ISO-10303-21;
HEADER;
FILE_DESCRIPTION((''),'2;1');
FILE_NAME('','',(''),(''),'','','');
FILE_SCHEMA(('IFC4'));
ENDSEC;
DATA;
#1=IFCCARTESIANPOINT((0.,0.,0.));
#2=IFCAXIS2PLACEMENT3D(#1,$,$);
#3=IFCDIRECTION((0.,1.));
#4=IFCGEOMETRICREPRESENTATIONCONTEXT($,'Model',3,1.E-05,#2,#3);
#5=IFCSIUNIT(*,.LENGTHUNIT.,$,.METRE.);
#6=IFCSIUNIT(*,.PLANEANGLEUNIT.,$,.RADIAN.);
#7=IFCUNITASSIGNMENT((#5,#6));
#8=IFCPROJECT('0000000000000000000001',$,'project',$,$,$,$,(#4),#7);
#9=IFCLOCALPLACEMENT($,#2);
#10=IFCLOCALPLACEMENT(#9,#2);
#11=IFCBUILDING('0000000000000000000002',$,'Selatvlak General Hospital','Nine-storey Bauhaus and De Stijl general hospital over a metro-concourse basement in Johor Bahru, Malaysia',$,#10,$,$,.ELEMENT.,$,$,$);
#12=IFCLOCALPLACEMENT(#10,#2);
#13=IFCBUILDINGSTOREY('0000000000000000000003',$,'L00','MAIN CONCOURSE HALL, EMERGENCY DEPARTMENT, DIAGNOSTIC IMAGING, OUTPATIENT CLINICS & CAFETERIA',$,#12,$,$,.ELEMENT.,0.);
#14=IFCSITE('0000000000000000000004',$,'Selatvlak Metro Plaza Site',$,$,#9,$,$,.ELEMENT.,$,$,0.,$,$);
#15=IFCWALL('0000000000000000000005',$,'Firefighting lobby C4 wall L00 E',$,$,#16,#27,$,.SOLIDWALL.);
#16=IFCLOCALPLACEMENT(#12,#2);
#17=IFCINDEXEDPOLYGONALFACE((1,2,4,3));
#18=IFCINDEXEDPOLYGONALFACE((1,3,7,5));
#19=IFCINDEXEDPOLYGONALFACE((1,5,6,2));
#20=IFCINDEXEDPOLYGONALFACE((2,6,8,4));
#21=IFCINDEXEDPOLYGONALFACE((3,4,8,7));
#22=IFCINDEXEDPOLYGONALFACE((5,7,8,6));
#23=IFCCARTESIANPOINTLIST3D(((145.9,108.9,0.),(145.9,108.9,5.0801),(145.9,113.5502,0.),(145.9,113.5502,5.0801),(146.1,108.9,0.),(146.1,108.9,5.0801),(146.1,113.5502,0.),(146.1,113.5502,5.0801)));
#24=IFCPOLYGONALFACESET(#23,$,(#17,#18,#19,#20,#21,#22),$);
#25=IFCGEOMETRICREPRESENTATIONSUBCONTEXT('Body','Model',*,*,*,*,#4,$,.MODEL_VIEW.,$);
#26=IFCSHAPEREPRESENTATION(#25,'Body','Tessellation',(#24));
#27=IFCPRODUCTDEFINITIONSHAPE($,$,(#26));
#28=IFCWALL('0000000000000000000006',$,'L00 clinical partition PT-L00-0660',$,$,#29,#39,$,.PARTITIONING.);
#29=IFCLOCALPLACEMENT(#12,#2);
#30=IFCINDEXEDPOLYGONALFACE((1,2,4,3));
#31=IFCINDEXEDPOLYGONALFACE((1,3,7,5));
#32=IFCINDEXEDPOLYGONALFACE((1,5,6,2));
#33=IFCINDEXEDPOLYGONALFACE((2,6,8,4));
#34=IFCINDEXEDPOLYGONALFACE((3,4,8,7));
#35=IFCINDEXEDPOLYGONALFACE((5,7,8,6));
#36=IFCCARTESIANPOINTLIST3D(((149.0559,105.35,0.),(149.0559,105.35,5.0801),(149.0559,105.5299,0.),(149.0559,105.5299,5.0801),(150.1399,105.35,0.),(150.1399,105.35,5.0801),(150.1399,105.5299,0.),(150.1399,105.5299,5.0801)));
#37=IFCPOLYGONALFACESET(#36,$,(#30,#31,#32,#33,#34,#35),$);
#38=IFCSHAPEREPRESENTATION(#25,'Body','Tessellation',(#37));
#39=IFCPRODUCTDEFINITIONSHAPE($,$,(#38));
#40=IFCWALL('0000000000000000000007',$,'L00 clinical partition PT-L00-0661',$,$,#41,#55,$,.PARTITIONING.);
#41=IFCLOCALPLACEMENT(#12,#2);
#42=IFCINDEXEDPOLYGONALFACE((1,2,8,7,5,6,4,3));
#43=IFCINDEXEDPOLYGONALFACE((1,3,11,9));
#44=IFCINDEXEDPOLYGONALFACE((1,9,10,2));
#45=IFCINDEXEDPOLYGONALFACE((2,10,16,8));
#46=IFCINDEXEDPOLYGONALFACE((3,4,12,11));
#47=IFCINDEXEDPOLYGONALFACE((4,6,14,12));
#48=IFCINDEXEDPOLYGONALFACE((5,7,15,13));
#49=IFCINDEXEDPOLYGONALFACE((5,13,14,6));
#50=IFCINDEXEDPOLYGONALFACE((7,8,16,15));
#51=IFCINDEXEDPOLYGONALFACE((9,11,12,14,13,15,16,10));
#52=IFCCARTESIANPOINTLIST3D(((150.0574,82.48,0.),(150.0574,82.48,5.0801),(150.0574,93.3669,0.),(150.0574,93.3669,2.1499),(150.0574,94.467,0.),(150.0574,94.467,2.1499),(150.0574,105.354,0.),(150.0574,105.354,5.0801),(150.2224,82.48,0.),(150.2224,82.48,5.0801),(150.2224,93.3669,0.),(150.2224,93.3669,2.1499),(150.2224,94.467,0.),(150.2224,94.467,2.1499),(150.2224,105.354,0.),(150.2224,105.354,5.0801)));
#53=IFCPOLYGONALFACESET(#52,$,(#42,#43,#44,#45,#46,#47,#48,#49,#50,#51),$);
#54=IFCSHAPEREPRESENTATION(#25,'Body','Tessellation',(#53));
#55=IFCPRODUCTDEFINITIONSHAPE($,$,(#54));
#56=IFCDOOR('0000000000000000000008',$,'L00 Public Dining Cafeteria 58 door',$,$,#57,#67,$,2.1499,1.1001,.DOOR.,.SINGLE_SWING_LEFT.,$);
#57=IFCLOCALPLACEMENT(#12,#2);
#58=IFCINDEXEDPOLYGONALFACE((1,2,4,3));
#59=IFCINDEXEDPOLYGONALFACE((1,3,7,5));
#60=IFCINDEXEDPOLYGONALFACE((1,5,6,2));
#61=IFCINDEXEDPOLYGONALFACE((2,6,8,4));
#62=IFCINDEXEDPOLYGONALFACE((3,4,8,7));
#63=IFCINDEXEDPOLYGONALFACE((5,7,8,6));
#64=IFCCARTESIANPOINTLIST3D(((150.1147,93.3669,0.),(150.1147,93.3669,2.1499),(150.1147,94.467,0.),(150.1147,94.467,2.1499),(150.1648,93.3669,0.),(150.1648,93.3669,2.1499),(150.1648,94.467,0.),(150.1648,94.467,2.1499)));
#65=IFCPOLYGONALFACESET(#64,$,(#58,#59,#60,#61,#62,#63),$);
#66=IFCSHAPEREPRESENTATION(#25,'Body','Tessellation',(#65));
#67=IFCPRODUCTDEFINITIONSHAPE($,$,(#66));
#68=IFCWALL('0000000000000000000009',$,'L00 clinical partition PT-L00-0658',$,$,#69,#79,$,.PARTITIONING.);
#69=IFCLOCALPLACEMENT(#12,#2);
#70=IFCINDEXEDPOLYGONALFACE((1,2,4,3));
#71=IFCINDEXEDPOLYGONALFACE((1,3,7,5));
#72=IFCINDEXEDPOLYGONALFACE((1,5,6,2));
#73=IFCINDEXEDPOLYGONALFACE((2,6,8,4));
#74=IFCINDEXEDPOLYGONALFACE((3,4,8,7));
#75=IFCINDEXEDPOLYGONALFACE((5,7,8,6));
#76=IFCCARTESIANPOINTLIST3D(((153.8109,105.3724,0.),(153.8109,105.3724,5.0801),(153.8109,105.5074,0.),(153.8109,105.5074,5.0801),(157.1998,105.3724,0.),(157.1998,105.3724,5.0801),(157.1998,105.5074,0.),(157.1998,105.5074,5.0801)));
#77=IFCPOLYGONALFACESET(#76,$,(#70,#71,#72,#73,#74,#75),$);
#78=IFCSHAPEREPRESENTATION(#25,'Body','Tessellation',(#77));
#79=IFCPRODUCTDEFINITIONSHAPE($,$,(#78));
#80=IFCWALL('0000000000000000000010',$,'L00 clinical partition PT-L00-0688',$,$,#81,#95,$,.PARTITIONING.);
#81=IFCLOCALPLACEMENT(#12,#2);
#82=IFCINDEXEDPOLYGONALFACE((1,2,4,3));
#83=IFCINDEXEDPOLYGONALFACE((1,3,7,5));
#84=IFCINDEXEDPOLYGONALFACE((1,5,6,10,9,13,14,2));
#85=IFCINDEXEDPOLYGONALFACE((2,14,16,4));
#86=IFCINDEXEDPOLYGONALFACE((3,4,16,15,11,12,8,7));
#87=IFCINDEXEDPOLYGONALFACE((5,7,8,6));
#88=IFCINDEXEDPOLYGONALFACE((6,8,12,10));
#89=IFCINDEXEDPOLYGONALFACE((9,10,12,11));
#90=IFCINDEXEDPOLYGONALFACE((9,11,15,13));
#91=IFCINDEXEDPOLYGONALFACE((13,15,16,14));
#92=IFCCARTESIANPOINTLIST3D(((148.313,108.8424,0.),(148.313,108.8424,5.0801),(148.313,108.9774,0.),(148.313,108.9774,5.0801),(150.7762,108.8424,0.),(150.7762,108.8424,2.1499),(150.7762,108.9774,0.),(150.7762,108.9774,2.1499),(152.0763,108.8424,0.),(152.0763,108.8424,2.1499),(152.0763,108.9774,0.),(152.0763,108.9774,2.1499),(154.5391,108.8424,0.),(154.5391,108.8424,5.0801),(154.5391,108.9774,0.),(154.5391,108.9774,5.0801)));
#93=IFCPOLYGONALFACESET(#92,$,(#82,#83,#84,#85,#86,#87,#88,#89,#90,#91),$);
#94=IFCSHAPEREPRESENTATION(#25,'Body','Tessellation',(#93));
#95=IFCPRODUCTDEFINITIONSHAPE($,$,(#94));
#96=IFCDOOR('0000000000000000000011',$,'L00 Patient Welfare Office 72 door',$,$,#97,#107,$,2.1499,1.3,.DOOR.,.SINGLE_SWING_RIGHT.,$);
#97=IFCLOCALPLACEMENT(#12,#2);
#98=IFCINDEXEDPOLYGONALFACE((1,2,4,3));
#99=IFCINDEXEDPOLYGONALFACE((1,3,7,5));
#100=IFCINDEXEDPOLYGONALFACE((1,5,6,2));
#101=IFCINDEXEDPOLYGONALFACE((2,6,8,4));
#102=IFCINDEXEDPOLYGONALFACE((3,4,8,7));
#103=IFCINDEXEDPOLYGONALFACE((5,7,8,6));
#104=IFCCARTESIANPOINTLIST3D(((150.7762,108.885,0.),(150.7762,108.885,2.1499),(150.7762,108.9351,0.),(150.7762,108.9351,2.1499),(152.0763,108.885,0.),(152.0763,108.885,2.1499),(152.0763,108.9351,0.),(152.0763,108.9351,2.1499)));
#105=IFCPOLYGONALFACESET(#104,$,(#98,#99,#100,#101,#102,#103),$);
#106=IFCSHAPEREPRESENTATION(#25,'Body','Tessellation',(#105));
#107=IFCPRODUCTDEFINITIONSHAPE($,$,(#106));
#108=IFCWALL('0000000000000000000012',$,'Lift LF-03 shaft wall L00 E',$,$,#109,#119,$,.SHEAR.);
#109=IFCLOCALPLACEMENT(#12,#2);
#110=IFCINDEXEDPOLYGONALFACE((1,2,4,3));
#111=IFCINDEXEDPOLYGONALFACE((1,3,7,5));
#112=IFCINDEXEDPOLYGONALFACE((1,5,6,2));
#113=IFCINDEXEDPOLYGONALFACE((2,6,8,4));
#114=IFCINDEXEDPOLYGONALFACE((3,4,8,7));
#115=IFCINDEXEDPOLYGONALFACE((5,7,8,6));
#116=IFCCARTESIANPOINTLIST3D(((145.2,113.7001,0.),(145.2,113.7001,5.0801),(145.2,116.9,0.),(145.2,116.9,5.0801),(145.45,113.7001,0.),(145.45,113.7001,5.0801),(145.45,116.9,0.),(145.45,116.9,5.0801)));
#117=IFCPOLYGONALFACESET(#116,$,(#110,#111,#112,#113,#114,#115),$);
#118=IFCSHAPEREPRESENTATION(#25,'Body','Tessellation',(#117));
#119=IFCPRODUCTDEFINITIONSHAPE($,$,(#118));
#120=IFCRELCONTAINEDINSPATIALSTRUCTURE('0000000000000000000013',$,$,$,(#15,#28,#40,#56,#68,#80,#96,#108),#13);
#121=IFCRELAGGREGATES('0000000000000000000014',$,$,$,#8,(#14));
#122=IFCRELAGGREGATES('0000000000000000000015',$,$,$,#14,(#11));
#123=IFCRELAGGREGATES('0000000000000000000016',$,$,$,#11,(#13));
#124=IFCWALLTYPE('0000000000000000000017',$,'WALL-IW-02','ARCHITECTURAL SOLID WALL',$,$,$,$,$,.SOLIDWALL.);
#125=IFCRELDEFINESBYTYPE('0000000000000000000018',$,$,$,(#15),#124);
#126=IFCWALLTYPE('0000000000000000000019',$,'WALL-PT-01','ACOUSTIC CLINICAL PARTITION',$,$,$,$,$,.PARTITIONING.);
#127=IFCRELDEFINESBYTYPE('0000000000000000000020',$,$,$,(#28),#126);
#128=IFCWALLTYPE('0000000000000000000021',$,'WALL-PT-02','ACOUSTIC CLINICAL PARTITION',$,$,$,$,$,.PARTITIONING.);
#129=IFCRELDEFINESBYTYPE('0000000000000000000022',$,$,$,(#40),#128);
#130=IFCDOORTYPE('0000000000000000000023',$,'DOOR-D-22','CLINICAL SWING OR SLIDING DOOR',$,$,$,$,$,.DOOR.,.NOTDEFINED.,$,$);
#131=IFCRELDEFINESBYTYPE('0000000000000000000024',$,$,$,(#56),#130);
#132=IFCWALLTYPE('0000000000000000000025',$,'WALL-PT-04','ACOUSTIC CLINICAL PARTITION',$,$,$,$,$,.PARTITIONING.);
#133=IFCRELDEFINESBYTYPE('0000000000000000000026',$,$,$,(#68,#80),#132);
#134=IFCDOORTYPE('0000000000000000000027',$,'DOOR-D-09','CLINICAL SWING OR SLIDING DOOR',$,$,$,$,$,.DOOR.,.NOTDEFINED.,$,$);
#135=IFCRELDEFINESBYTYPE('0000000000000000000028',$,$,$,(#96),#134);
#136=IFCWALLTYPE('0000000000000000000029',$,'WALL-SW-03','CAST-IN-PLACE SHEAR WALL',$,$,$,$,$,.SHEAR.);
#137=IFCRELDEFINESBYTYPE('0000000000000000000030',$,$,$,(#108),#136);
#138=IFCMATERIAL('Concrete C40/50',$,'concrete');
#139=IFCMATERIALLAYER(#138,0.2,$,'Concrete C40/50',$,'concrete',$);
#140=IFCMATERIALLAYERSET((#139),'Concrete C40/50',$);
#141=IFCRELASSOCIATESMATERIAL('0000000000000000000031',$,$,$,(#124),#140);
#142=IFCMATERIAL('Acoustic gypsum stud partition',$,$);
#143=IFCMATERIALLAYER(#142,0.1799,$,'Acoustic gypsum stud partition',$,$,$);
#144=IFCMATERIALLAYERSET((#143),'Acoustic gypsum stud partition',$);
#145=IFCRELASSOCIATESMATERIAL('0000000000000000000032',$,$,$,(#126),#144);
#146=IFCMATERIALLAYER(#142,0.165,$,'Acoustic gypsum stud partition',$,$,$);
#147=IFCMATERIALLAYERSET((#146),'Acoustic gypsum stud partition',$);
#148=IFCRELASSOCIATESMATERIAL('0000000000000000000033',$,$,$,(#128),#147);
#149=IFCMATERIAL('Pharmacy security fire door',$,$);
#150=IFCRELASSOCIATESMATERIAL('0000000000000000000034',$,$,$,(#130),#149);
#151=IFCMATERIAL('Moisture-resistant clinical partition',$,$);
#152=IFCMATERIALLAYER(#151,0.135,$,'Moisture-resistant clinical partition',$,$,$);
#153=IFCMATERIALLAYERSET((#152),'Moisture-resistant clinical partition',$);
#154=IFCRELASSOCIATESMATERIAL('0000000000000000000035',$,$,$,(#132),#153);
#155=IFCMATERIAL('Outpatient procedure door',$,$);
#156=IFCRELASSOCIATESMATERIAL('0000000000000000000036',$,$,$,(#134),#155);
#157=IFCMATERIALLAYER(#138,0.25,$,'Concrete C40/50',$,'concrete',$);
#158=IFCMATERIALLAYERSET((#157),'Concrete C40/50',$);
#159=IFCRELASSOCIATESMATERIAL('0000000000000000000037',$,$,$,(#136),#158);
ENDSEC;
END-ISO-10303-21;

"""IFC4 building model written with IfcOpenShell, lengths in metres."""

from ifc_helpers import new_model, si_unit, direction, frame, frame_2d, origin, place, context, subcontext, project, spatial, rectangle, extrude, material, layer, layer_set, type_object, element, fill, save


model = new_model("IFC4")

# Units and contexts
model_context = context("Model", 3, precision=1e-05, world=origin(), true_north=direction((0.0, 1.0)))
body_context = subcontext(model_context, "Body", "Model", "MODEL_VIEW")
ifc_project = project(units=[si_unit("LENGTHUNIT", "METRE"), si_unit("PLANEANGLEUNIT", "RADIAN")], contexts=[model_context])

# Site, building, storey
site_placement = place(None, origin())
site = spatial("IfcSite", under=ifc_project, at=site_placement, Name="Selatvlak Metro Plaza Site", CompositionType="ELEMENT", RefElevation=0.0)
building_placement = place(site_placement, origin())
building = spatial("IfcBuilding", under=site, at=building_placement, Name="Selatvlak General Hospital", Description="Nine-storey Bauhaus and De Stijl general hospital over a metro-concourse basement in Johor Bahru, Malaysia", CompositionType="ELEMENT")
storey_placement = place(building_placement, origin())
storey = spatial("IfcBuildingStorey", under=building, at=storey_placement, Name="L00", Description="MAIN CONCOURSE HALL, EMERGENCY DEPARTMENT, DIAGNOSTIC IMAGING, OUTPATIENT CLINICS & CAFETERIA", CompositionType="ELEMENT", Elevation=0.0)

# Shared definitions
ifc_material_1 = material(Name="Concrete C40/50", Category="concrete")

# Walls
ifc_layer_1 = layer(ifc_material_1, 0.2, Name="Concrete C40/50", Category="concrete")
ifc_layer_set_1 = layer_set([ifc_layer_1], Name="Concrete C40/50")
wall_type_1 = type_object("IfcWallType", Name="WALL-IW-02", Description="ARCHITECTURAL SOLID WALL", PredefinedType="SOLIDWALL", material=ifc_layer_set_1)
wall_1_placement = place(storey_placement, frame((146.0, 108.8999, 0.0), z_axis=(0.0, 0.0, 1.0), x_axis=(0.0, 1.0, 0.0)))
element("IfcWall", 1, at=wall_1_placement, inside=storey, type_object=wall_type_1, Name="Firefighting lobby C4 wall L00 E", PredefinedType="SOLIDWALL", context=body_context, shape_type="SweptSolid", body=[
    extrude(rectangle(XDim=4.6501, YDim=0.2, at=frame_2d((2.3252, 0.0))), origin(), (0.0, 0.0, 1.0), 5.0801),
])
ifc_material_2 = material(Name="Acoustic gypsum stud partition")
ifc_layer_2 = layer(ifc_material_2, 0.1799, Name="Acoustic gypsum stud partition")
ifc_layer_set_2 = layer_set([ifc_layer_2], Name="Acoustic gypsum stud partition")
wall_type_2 = type_object("IfcWallType", Name="WALL-PT-01", Description="ACOUSTIC CLINICAL PARTITION", PredefinedType="PARTITIONING", material=ifc_layer_set_2)
wall_2_placement = place(storey_placement, frame((149.0559, 105.4399, 0.0), z_axis=(0.0, 0.0, 1.0), x_axis=(1.0, 0.0, 0.0)))
element("IfcWall", 2, at=wall_2_placement, inside=storey, type_object=wall_type_2, Name="L00 clinical partition PT-L00-0660", PredefinedType="PARTITIONING", context=body_context, shape_type="SweptSolid", body=[
    extrude(rectangle(XDim=1.084, YDim=0.1799, at=frame_2d((0.542, 0.0))), origin(), (0.0, 0.0, 1.0), 5.0801),
])

# Wall, opening, door
ifc_layer_3 = layer(ifc_material_2, 0.165, Name="Acoustic gypsum stud partition")
ifc_layer_set_3 = layer_set([ifc_layer_3], Name="Acoustic gypsum stud partition")
wall_type_3 = type_object("IfcWallType", Name="WALL-PT-02", Description="ACOUSTIC CLINICAL PARTITION", PredefinedType="PARTITIONING", material=ifc_layer_set_3)
wall_3_placement = place(storey_placement, frame((150.1399, 105.354, 0.0), z_axis=(0.0, 0.0, 1.0), x_axis=(0.0, -1.0, 0.0)))
wall_3 = element("IfcWall", 3, at=wall_3_placement, inside=storey, type_object=wall_type_3, Name="L00 clinical partition PT-L00-0661", PredefinedType="PARTITIONING", context=body_context, shape_type="SweptSolid", body=[
    extrude(rectangle(XDim=22.874, YDim=0.165, at=frame_2d((11.437, 0.0))), origin(), (0.0, 0.0, 1.0), 5.0801),
])
opening_1_placement = place(wall_3_placement, frame((10.887, 0.0, 0.0)))
opening_1 = element("IfcOpeningElement", 4, at=opening_1_placement, cuts=wall_3, PredefinedType="OPENING", context=body_context, shape_type="SweptSolid", body=[
    extrude(rectangle(XDim=1.1001, YDim=2.1499, at=frame_2d((0.55, 1.075))), frame((0.0, 0.0925, 0.0), z_axis=(0.0, -1.0, 0.0), x_axis=(1.0, 0.0, 0.0)), (0.0, 0.0, 1.0), 0.1851),
])
ifc_material_3 = material(Name="Pharmacy security fire door")
door_type_1 = type_object("IfcDoorType", Name="DOOR-D-22", Description="CLINICAL SWING OR SLIDING DOOR", OperationType="NOTDEFINED", PredefinedType="DOOR", material=ifc_material_3)
door_1_placement = place(opening_1_placement, origin())
door_1 = element("IfcDoor", 5, at=door_1_placement, inside=storey, type_object=door_type_1, Name="L00 Public Dining Cafeteria 58 door", OperationType="SINGLE_SWING_LEFT", OverallHeight=2.1499, OverallWidth=1.1001, PredefinedType="DOOR", context=body_context, shape_type="SweptSolid", body=[
    extrude(rectangle(XDim=1.1001, YDim=2.1499, at=frame_2d((0.55, 1.075))), frame((0.0, 0.0249, 0.0), z_axis=(0.0, -1.0, 0.0), x_axis=(1.0, 0.0, 0.0)), (0.0, 0.0, 1.0), 0.05),
])
fill(opening_1, door_1)

# Wall
ifc_material_4 = material(Name="Moisture-resistant clinical partition")
ifc_layer_4 = layer(ifc_material_4, 0.135, Name="Moisture-resistant clinical partition")
ifc_layer_set_4 = layer_set([ifc_layer_4], Name="Moisture-resistant clinical partition")
wall_type_4 = type_object("IfcWallType", Name="WALL-PT-04", Description="ACOUSTIC CLINICAL PARTITION", PredefinedType="PARTITIONING", material=ifc_layer_set_4)
wall_4_placement = place(storey_placement, frame((153.811, 105.4399, 0.0), z_axis=(0.0, 0.0, 1.0), x_axis=(1.0, 0.0, 0.0)))
element("IfcWall", 6, at=wall_4_placement, inside=storey, type_object=wall_type_4, Name="L00 clinical partition PT-L00-0658", PredefinedType="PARTITIONING", context=body_context, shape_type="SweptSolid", body=[
    extrude(rectangle(XDim=3.3889, YDim=0.135, at=frame_2d((1.6943, 0.0))), origin(), (0.0, 0.0, 1.0), 5.0801),
])

# Wall, opening, door
wall_5_placement = place(storey_placement, frame((154.5391, 108.9099, 0.0), z_axis=(0.0, 0.0, 1.0), x_axis=(-1.0, 0.0, 0.0)))
wall_5 = element("IfcWall", 7, at=wall_5_placement, inside=storey, type_object=wall_type_4, Name="L00 clinical partition PT-L00-0688", PredefinedType="PARTITIONING", context=body_context, shape_type="SweptSolid", body=[
    extrude(rectangle(XDim=6.2261, YDim=0.135, at=frame_2d((3.113, 0.0))), origin(), (0.0, 0.0, 1.0), 5.0801),
])
opening_2_placement = place(wall_5_placement, frame((2.4629, 0.0, 0.0)))
opening_2 = element("IfcOpeningElement", 8, at=opening_2_placement, cuts=wall_5, PredefinedType="OPENING", context=body_context, shape_type="SweptSolid", body=[
    extrude(rectangle(XDim=1.3, YDim=2.1499, at=frame_2d((0.6499, 1.075))), frame((0.0, 0.0774, 0.0), z_axis=(0.0, -1.0, 0.0), x_axis=(1.0, 0.0, 0.0)), (0.0, 0.0, 1.0), 0.155),
])
ifc_material_5 = material(Name="Outpatient procedure door")
door_type_2 = type_object("IfcDoorType", Name="DOOR-D-09", Description="CLINICAL SWING OR SLIDING DOOR", OperationType="NOTDEFINED", PredefinedType="DOOR", material=ifc_material_5)
door_2_placement = place(opening_2_placement, origin())
door_2 = element("IfcDoor", 9, at=door_2_placement, inside=storey, type_object=door_type_2, Name="L00 Patient Welfare Office 72 door", OperationType="SINGLE_SWING_RIGHT", OverallHeight=2.1499, OverallWidth=1.3, PredefinedType="DOOR", context=body_context, shape_type="SweptSolid", body=[
    extrude(rectangle(XDim=1.3, YDim=2.1499, at=frame_2d((0.6499, 1.075))), frame((0.0, 0.0249, 0.0), z_axis=(0.0, -1.0, 0.0), x_axis=(1.0, 0.0, 0.0)), (0.0, 0.0, 1.0), 0.05),
])
fill(opening_2, door_2)

# Wall
ifc_layer_5 = layer(ifc_material_1, 0.25, Name="Concrete C40/50", Category="concrete")
ifc_layer_set_5 = layer_set([ifc_layer_5], Name="Concrete C40/50")
wall_type_5 = type_object("IfcWallType", Name="WALL-SW-03", Description="CAST-IN-PLACE SHEAR WALL", PredefinedType="SHEAR", material=ifc_layer_set_5)
wall_6_placement = place(storey_placement, frame((145.325, 113.7, 0.0), z_axis=(0.0, 0.0, 1.0), x_axis=(0.0, 1.0, 0.0)))
element("IfcWall", 10, at=wall_6_placement, inside=storey, type_object=wall_type_5, Name="Lift LF-03 shaft wall L00 E", PredefinedType="SHEAR", context=body_context, shape_type="SweptSolid", body=[
    extrude(rectangle(XDim=3.2, YDim=0.25, at=frame_2d((1.6001, 0.0))), origin(), (0.0, 0.0, 1.0), 5.0801),
])

save(model, "model.ifc")
